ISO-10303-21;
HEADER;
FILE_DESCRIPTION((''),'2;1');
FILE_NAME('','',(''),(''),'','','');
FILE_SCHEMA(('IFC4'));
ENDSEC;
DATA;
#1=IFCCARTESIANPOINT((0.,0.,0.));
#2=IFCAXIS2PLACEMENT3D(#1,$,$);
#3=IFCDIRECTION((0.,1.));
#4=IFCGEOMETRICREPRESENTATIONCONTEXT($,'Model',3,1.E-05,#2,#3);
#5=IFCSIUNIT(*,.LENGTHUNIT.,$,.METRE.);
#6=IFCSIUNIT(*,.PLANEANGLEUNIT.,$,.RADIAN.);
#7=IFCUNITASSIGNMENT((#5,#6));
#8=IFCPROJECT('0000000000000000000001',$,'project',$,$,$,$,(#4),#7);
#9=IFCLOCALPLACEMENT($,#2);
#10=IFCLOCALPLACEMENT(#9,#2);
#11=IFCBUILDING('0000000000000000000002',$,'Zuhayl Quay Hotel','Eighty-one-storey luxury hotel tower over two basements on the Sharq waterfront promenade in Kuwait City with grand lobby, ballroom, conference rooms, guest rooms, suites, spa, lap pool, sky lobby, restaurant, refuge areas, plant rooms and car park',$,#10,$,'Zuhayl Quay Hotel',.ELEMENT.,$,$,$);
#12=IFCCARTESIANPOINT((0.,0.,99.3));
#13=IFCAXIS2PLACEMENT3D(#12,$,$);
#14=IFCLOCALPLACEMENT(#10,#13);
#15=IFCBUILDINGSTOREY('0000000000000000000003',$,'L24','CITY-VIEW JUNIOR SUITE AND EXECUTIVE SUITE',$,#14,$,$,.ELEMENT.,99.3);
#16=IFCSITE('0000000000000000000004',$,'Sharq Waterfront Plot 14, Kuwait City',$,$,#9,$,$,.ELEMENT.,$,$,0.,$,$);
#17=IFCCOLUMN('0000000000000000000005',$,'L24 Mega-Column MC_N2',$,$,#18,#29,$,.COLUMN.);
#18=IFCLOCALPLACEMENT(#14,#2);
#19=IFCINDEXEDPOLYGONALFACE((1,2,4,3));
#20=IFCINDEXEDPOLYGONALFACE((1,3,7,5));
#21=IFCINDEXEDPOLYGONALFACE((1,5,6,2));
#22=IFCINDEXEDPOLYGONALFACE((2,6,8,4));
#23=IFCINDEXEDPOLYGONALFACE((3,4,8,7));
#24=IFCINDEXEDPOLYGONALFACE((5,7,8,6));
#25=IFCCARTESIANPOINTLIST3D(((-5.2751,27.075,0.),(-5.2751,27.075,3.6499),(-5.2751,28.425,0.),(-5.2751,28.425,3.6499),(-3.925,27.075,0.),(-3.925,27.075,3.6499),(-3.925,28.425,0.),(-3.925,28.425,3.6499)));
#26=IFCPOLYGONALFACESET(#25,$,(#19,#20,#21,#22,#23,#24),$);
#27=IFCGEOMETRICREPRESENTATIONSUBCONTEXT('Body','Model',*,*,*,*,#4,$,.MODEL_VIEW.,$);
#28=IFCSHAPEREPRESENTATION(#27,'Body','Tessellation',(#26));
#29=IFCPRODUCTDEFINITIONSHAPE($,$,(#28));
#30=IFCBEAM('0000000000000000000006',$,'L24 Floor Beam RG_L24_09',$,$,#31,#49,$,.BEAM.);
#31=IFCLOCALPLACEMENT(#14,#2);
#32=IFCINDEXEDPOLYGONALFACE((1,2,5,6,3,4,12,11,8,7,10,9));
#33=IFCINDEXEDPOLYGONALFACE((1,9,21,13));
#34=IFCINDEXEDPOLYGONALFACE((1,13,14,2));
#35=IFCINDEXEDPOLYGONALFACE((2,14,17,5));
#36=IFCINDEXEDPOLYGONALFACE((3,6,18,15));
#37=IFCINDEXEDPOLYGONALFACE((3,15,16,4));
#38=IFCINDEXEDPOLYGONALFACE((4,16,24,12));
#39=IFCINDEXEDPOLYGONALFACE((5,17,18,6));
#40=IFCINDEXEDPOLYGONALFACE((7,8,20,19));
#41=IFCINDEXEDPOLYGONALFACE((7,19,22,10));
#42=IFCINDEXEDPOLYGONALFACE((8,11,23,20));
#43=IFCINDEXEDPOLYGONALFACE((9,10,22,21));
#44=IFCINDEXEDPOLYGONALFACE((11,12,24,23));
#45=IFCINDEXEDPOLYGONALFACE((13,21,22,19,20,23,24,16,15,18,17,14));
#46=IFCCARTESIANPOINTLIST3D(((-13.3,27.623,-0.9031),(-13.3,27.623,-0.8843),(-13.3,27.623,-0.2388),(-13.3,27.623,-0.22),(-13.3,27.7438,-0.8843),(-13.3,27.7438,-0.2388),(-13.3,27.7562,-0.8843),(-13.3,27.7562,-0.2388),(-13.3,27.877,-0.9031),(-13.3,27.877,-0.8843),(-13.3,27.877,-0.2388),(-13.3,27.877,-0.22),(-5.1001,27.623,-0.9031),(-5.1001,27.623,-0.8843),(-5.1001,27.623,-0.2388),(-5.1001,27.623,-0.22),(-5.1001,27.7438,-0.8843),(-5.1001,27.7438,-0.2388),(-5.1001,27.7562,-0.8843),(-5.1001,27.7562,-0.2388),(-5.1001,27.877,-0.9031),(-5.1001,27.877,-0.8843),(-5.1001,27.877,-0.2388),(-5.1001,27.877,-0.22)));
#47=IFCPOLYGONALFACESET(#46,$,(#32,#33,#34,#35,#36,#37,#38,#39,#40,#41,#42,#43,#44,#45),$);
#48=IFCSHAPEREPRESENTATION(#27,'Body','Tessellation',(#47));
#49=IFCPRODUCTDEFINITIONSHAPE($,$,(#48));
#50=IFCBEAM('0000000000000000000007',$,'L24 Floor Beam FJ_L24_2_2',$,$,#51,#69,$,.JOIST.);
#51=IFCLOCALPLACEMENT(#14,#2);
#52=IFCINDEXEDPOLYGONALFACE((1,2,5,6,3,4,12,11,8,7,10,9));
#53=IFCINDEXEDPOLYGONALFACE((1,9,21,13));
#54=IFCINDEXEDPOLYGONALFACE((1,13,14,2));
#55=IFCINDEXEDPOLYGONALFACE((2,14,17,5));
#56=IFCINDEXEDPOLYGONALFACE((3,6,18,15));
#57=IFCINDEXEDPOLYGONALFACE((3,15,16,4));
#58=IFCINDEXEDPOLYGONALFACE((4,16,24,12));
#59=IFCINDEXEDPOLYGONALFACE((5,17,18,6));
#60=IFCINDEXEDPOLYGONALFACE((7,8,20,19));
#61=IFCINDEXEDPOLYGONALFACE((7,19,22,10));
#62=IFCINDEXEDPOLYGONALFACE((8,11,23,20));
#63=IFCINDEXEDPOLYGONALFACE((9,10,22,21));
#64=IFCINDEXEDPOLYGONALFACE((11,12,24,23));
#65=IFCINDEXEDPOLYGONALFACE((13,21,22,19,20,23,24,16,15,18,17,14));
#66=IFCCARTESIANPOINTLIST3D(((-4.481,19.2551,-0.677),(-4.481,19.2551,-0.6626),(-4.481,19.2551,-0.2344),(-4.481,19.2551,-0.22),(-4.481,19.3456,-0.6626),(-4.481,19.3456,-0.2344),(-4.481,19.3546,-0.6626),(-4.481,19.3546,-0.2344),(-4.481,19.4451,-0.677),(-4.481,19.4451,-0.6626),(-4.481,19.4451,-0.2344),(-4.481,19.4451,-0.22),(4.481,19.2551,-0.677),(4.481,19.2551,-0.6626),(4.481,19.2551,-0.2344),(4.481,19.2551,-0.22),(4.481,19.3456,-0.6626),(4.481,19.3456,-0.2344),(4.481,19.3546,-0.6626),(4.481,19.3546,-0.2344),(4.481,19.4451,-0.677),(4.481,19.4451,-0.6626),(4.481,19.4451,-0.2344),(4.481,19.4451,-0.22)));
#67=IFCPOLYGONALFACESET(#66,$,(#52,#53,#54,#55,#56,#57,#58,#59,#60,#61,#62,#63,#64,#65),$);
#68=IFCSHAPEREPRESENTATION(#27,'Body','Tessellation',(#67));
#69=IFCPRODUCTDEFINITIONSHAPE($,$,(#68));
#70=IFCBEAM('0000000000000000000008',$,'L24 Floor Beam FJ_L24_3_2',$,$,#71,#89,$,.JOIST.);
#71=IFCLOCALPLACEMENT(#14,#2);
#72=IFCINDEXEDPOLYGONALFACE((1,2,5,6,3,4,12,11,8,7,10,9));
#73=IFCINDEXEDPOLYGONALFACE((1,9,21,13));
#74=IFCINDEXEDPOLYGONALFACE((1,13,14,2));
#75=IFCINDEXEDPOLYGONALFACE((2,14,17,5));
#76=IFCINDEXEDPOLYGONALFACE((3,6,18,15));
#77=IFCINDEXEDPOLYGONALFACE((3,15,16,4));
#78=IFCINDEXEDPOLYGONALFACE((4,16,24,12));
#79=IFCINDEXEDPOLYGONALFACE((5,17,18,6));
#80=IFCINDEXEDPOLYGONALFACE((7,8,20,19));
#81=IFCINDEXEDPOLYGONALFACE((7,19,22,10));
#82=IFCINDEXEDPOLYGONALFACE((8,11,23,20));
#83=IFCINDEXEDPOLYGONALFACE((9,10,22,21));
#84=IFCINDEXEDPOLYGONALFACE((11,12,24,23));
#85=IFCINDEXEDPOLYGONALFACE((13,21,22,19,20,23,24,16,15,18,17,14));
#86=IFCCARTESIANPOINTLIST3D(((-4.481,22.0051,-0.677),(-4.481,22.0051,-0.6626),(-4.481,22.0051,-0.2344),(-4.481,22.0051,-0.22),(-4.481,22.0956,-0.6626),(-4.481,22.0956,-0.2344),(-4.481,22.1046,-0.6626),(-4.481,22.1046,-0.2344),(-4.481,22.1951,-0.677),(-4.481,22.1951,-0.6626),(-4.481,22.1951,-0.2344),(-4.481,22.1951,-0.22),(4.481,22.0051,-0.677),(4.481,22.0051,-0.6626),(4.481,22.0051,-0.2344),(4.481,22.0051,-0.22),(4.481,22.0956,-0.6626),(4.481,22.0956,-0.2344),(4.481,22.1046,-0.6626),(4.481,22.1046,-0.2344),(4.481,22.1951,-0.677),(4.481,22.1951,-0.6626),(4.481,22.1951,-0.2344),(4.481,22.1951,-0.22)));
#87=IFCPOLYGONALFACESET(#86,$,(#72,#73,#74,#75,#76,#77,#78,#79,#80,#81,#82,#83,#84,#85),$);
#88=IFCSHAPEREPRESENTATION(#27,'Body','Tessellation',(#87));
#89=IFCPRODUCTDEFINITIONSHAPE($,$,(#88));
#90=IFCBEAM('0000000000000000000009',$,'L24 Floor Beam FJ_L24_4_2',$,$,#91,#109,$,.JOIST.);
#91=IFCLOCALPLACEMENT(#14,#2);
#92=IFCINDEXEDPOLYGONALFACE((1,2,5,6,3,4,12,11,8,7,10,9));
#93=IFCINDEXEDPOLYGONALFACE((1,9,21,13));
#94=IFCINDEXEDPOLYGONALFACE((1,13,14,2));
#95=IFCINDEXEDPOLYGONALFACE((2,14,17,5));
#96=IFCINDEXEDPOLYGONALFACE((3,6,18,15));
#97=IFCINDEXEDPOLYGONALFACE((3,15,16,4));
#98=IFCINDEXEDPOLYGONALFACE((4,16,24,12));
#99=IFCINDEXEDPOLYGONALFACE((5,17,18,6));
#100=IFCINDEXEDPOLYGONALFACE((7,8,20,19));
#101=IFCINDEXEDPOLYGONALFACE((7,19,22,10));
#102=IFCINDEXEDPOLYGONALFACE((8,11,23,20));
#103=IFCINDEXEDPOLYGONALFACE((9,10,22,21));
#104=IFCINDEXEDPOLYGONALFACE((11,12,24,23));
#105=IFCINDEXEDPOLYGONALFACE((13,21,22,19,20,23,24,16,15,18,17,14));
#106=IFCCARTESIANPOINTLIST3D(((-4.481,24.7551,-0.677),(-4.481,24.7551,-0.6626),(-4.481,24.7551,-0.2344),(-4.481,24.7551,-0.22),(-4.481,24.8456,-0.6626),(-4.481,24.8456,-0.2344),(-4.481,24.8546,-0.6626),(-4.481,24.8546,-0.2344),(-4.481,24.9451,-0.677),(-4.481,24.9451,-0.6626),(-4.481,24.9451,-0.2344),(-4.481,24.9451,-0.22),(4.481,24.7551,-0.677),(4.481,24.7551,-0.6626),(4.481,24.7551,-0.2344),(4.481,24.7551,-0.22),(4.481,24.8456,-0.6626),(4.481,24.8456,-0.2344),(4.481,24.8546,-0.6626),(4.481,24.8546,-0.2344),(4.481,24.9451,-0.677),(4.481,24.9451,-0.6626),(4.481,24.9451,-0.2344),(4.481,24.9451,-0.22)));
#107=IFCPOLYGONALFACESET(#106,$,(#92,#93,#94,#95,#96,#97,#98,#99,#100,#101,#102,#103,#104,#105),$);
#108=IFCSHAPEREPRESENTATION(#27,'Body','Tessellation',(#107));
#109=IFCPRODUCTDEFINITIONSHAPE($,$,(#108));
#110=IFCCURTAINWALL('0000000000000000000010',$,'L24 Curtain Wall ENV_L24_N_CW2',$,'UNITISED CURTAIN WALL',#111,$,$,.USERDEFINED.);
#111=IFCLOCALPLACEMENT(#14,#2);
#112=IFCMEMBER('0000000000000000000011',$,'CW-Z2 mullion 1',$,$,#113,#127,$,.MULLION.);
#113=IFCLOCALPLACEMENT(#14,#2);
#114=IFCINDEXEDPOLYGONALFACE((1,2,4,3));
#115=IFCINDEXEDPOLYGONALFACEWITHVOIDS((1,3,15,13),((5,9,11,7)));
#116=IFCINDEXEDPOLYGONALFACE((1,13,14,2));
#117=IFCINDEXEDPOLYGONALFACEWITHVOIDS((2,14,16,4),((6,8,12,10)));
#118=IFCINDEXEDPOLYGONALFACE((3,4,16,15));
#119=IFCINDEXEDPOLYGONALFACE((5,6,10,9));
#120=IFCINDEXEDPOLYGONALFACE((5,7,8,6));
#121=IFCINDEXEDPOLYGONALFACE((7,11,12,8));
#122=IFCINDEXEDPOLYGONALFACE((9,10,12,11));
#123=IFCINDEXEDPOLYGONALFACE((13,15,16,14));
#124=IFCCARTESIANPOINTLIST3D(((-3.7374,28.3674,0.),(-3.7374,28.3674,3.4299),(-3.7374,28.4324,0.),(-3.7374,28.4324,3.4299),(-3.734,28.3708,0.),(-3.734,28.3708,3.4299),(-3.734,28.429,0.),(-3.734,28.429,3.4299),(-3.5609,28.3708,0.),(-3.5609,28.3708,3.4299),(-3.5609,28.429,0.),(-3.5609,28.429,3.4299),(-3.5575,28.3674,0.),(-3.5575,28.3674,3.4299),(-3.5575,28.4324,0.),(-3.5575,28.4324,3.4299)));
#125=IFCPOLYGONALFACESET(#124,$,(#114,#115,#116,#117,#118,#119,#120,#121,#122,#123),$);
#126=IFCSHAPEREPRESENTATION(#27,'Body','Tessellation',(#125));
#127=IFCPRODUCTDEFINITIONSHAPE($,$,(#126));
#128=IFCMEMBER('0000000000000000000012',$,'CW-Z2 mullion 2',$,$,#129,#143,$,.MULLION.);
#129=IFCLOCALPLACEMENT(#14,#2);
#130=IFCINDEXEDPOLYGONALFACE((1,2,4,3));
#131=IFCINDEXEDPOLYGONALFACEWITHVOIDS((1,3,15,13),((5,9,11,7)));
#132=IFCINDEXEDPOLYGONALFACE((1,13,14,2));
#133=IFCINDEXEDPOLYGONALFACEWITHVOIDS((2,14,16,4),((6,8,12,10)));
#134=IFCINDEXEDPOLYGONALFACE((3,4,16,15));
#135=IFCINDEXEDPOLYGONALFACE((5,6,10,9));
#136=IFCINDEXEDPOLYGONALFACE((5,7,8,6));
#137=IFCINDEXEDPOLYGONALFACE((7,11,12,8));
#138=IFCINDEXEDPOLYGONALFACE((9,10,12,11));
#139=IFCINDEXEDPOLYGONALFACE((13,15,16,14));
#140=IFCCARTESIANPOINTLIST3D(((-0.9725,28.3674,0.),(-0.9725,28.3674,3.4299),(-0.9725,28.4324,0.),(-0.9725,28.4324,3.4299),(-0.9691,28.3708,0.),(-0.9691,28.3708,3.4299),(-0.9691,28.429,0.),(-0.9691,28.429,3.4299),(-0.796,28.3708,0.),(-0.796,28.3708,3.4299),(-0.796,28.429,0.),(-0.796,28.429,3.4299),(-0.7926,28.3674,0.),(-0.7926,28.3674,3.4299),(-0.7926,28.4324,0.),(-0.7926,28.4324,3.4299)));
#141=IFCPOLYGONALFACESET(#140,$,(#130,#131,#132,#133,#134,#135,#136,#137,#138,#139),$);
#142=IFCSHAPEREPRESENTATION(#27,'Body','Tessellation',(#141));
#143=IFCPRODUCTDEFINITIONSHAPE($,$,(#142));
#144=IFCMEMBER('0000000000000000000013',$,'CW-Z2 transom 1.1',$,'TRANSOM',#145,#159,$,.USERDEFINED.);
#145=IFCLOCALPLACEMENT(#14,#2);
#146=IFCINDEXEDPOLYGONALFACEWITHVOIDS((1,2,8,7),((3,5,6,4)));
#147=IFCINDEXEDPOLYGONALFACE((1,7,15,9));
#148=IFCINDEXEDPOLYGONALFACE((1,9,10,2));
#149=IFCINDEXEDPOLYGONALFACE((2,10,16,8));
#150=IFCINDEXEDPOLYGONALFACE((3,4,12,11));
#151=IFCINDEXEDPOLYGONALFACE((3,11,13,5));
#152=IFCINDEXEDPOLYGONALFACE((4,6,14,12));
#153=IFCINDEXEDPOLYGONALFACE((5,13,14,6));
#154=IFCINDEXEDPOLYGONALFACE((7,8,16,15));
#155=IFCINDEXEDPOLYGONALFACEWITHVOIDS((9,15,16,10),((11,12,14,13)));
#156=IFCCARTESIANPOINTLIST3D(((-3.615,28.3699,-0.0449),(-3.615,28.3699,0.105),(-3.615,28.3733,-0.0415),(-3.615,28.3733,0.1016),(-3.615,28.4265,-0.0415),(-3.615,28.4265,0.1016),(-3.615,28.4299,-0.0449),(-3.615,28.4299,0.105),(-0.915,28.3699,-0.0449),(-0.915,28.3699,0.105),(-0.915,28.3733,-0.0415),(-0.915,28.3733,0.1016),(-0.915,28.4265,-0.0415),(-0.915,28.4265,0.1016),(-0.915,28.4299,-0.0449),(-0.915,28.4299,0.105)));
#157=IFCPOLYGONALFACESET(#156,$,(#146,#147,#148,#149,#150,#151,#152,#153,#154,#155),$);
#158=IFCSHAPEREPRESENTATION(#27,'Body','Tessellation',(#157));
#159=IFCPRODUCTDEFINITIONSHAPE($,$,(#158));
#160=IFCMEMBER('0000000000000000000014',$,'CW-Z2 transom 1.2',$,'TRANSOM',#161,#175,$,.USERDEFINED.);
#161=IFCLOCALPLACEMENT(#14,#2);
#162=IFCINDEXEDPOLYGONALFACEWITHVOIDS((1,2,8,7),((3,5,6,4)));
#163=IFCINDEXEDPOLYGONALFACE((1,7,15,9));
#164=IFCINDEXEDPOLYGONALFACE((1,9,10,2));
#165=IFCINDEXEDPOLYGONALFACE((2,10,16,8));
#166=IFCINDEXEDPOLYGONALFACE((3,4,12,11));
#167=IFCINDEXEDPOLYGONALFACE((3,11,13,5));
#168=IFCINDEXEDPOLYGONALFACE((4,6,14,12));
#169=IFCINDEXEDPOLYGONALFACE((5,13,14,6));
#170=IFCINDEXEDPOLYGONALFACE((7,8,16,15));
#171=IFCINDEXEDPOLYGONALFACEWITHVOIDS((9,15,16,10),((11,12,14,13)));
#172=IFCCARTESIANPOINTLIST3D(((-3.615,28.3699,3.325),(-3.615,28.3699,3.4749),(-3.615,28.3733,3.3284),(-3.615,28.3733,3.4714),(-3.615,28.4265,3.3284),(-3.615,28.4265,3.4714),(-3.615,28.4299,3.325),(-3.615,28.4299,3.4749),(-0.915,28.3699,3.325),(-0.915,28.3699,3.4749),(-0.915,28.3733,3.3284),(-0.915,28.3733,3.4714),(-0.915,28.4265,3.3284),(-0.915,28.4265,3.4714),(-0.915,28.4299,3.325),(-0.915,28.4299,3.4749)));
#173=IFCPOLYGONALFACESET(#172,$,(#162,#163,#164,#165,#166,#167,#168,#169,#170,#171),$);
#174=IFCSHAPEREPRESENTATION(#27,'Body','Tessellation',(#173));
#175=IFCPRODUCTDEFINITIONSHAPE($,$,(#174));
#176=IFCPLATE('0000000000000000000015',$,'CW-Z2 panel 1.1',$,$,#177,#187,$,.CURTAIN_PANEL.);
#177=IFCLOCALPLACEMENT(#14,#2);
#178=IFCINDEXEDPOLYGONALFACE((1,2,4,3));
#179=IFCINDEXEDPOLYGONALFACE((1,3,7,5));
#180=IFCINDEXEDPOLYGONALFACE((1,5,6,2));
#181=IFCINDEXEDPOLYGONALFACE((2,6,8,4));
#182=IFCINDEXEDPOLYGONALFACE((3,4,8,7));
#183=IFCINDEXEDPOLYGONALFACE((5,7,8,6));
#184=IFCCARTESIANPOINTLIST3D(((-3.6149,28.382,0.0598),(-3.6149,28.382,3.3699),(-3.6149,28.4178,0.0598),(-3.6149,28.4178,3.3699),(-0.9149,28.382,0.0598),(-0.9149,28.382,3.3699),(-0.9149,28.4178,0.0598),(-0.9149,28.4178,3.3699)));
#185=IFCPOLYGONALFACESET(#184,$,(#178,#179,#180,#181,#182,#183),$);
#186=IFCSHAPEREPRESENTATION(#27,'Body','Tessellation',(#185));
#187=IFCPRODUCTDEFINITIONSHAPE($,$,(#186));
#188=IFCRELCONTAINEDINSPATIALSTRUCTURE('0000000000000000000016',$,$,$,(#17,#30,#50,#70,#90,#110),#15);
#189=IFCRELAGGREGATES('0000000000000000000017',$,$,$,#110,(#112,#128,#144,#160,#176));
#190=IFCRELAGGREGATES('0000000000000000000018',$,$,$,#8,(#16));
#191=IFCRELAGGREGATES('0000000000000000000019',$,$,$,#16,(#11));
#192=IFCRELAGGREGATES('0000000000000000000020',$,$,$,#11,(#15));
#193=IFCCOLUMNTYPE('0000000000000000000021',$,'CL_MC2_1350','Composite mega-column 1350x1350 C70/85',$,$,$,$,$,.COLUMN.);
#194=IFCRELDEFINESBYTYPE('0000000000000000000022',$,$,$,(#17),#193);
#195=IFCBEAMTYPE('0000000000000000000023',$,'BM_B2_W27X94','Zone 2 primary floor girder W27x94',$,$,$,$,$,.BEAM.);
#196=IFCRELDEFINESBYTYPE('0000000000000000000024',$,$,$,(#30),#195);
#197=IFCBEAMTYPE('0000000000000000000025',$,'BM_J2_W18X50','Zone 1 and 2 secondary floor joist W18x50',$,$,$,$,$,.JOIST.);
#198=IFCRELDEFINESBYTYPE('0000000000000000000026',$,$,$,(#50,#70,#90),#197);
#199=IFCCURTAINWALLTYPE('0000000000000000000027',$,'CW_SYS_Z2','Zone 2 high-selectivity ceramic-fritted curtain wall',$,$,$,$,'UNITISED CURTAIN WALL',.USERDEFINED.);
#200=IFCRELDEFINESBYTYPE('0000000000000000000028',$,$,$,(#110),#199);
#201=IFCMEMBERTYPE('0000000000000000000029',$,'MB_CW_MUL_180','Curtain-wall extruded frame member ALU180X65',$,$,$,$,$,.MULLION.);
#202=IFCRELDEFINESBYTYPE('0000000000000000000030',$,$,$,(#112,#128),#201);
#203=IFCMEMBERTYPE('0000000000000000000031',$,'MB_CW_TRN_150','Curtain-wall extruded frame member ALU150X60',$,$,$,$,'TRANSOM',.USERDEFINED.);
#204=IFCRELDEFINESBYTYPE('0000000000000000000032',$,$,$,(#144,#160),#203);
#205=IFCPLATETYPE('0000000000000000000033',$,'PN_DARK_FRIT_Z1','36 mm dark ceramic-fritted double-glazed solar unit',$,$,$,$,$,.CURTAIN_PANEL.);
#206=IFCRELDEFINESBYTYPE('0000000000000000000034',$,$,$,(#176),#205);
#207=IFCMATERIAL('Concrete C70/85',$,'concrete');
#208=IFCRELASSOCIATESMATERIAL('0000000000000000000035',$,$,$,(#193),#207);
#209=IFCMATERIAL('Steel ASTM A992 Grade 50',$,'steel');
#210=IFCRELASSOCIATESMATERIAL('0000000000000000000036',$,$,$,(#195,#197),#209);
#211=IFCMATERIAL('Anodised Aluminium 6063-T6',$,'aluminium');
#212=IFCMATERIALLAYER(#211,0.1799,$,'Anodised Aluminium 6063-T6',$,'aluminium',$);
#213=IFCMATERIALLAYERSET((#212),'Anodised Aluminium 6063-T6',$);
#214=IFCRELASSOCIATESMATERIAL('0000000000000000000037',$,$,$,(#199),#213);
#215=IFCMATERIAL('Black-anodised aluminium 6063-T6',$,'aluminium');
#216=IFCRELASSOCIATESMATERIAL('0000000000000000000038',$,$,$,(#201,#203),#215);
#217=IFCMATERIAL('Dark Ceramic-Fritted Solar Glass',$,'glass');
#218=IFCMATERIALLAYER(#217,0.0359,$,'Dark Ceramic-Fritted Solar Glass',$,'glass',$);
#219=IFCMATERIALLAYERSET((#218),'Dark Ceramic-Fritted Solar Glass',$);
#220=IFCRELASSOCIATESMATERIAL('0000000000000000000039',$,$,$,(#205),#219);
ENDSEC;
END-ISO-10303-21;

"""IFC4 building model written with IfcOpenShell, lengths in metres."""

from ifc_helpers import new_model, si_unit, direction, frame, origin, origin_2d, place, context, subcontext, project, spatial, rectangle, hollow_rectangle, i_section, extrude, material, layer, layer_set, material_profile, profile_set, type_object, element, aggregate, save


model = new_model("IFC4")

# Units and contexts
model_context = context("Model", 3, precision=1e-05, world=origin(), true_north=direction((0.0, 1.0)))
body_context = subcontext(model_context, "Body", "Model", "MODEL_VIEW")
ifc_project = project(units=[si_unit("LENGTHUNIT", "METRE"), si_unit("PLANEANGLEUNIT", "RADIAN")], contexts=[model_context])

# Site, building, storey
site_placement = place(None, origin())
site = spatial("IfcSite", under=ifc_project, at=site_placement, Name="Sharq Waterfront Plot 14, Kuwait City", CompositionType="ELEMENT", RefElevation=0.0)
building_placement = place(site_placement, origin())
building = spatial("IfcBuilding", under=site, at=building_placement, Name="Zuhayl Quay Hotel", Description="Eighty-one-storey luxury hotel tower over two basements on the Sharq waterfront promenade in Kuwait City with grand lobby, ballroom, conference rooms, guest rooms, suites, spa, lap pool, sky lobby, restaurant, refuge areas, plant rooms and car park", LongName="Zuhayl Quay Hotel", CompositionType="ELEMENT")
storey_placement = place(building_placement, frame((0.0, 0.0, 99.3)))
storey = spatial("IfcBuildingStorey", under=building, at=storey_placement, Name="L24", Description="CITY-VIEW JUNIOR SUITE AND EXECUTIVE SUITE", CompositionType="ELEMENT", Elevation=99.3)

# Column
ifc_material_1 = material(Name="Concrete C70/85", Category="concrete")
ifc_material_profile_1 = material_profile(ifc_material_1, rectangle(XDim=1.3501, YDim=1.3501, at=origin_2d()), Name="RC1350X1350")
ifc_profile_set_1 = profile_set([ifc_material_profile_1], Name="Concrete C70/85")
column_type = type_object("IfcColumnType", Name="CL_MC2_1350", Description="Composite mega-column 1350x1350 C70/85", PredefinedType="COLUMN", material=ifc_profile_set_1)
column_placement = place(storey_placement, frame((-4.6001, 27.75, 0.0), z_axis=(0.0, 0.0, 1.0), x_axis=(1.0, 0.0, 0.0)))
element("IfcColumn", 1, at=column_placement, inside=storey, type_object=column_type, Name="L24 Mega-Column MC_N2", PredefinedType="COLUMN", context=body_context, shape_type="SweptSolid", body=[
    extrude(rectangle(XDim=1.3501, YDim=1.3501, at=origin_2d()), origin(), (0.0, 0.0, 1.0), 3.6499),
])

# Beams
ifc_material_2 = material(Name="Steel ASTM A992 Grade 50", Category="steel")
ifc_material_profile_2 = material_profile(ifc_material_2, i_section(OverallWidth=0.2539, OverallDepth=0.6831, WebThickness=0.0125, FlangeThickness=0.0188, at=origin_2d()), Name="W27X94")
ifc_profile_set_2 = profile_set([ifc_material_profile_2], Name="Steel ASTM A992 Grade 50")
beam_type_1 = type_object("IfcBeamType", Name="BM_B2_W27X94", Description="Zone 2 primary floor girder W27x94", PredefinedType="BEAM", material=ifc_profile_set_2)
beam_placement = place(storey_placement, frame((-5.1001, 27.75, -0.5615), z_axis=(-1.0, 0.0, 0.0), x_axis=(0.0, -1.0, 0.0)))
element("IfcBeam", 2, at=beam_placement, inside=storey, type_object=beam_type_1, Name="L24 Floor Beam RG_L24_09", PredefinedType="BEAM", context=body_context, shape_type="SweptSolid", body=[
    extrude(i_section(OverallWidth=0.2539, OverallDepth=0.6831, WebThickness=0.0125, FlangeThickness=0.0188, at=origin_2d()), origin(), (0.0, 0.0, 1.0), 8.2),
])
ifc_material_profile_3 = material_profile(ifc_material_2, i_section(OverallWidth=0.1899, OverallDepth=0.457, WebThickness=0.009, FlangeThickness=0.0144, at=origin_2d()), Name="W18X50")
ifc_profile_set_3 = profile_set([ifc_material_profile_3], Name="Steel ASTM A992 Grade 50")
beam_type_2 = type_object("IfcBeamType", Name="BM_J2_W18X50", Description="Zone 1 and 2 secondary floor joist W18x50", PredefinedType="JOIST", material=ifc_profile_set_3)
for number, where, z_axis, x_axis, name in (
    (3, (-4.481, 19.3501, -0.4485), (1.0, 0.0, 0.0), (0.0, 1.0, 0.0), "L24 Floor Beam FJ_L24_2_2"),
    (4, (-4.481, 22.1001, -0.4485), (1.0, 0.0, 0.0), (0.0, 1.0, 0.0), "L24 Floor Beam FJ_L24_3_2"),
    (5, (-4.481, 24.8501, -0.4485), (1.0, 0.0, 0.0), (0.0, 1.0, 0.0), "L24 Floor Beam FJ_L24_4_2"),
):
    element("IfcBeam", number, at=place(storey_placement, frame(where, z_axis=z_axis, x_axis=x_axis)), inside=storey, type_object=beam_type_2, Name=name, PredefinedType="JOIST", context=body_context, shape_type="SweptSolid", body=[
        extrude(i_section(OverallWidth=0.1899, OverallDepth=0.457, WebThickness=0.009, FlangeThickness=0.0144, at=origin_2d()), origin(), (0.0, 0.0, 1.0), 8.9619),
    ])

# Curtain wall, members, plate
ifc_material_3 = material(Name="Anodised Aluminium 6063-T6", Category="aluminium")
ifc_layer_1 = layer(ifc_material_3, 0.1799, Name="Anodised Aluminium 6063-T6", Category="aluminium")
ifc_layer_set_1 = layer_set([ifc_layer_1], Name="Anodised Aluminium 6063-T6")
curtain_wall_type = type_object("IfcCurtainWallType", Name="CW_SYS_Z2", Description="Zone 2 high-selectivity ceramic-fritted curtain wall", ElementType="UNITISED CURTAIN WALL", PredefinedType="USERDEFINED", material=ifc_layer_set_1)
curtain_wall_placement = place(storey_placement, origin())
curtain_wall = element("IfcCurtainWall", 6, at=curtain_wall_placement, inside=storey, type_object=curtain_wall_type, Name="L24 Curtain Wall ENV_L24_N_CW2", ObjectType="UNITISED CURTAIN WALL", PredefinedType="USERDEFINED")
ifc_material_4 = material(Name="Black-anodised aluminium 6063-T6", Category="aluminium")
ifc_material_profile_4 = material_profile(ifc_material_4, hollow_rectangle(XDim=0.0649, YDim=0.1799, WallThickness=0.0034, at=origin_2d()), Name="ALU180X65")
ifc_profile_set_4 = profile_set([ifc_material_profile_4], Name="Black-anodised aluminium 6063-T6")
member_type_1 = type_object("IfcMemberType", Name="MB_CW_MUL_180", Description="Curtain-wall extruded frame member ALU180X65", PredefinedType="MULLION", material=ifc_profile_set_4)
member_1_placement = place(storey_placement, frame((-3.6475, 28.3999, 0.0), z_axis=(0.0, 0.0, 1.0), x_axis=(0.0, 1.0, 0.0)))
member_1 = element("IfcMember", 7, at=member_1_placement, type_object=member_type_1, Name="CW-Z2 mullion 1", PredefinedType="MULLION", context=body_context, shape_type="SweptSolid", body=[
    extrude(hollow_rectangle(XDim=0.0649, YDim=0.1799, WallThickness=0.0034, at=origin_2d()), origin(), (0.0, 0.0, 1.0), 3.4299),
])
member_2_placement = place(storey_placement, frame((-0.8826, 28.3999, 0.0), z_axis=(0.0, 0.0, 1.0), x_axis=(0.0, 1.0, 0.0)))
member_2 = element("IfcMember", 8, at=member_2_placement, type_object=member_type_1, Name="CW-Z2 mullion 2", PredefinedType="MULLION", context=body_context, shape_type="SweptSolid", body=[
    extrude(hollow_rectangle(XDim=0.0649, YDim=0.1799, WallThickness=0.0034, at=origin_2d()), origin(), (0.0, 0.0, 1.0), 3.4299),
])
ifc_material_profile_5 = material_profile(ifc_material_4, hollow_rectangle(XDim=0.0601, YDim=0.1499, WallThickness=0.0034, at=origin_2d()), Name="ALU150X60")
ifc_profile_set_5 = profile_set([ifc_material_profile_5], Name="Black-anodised aluminium 6063-T6")
member_type_2 = type_object("IfcMemberType", Name="MB_CW_TRN_150", Description="Curtain-wall extruded frame member ALU150X60", ElementType="TRANSOM", PredefinedType="USERDEFINED", material=ifc_profile_set_5)
member_3_placement = place(storey_placement, frame((-3.615, 28.3999, 0.03), z_axis=(1.0, 0.0, 0.0), x_axis=(0.0, 1.0, 0.0)))
member_3 = element("IfcMember", 9, at=member_3_placement, type_object=member_type_2, Name="CW-Z2 transom 1.1", ObjectType="TRANSOM", PredefinedType="USERDEFINED", context=body_context, shape_type="SweptSolid", body=[
    extrude(hollow_rectangle(XDim=0.0601, YDim=0.1499, WallThickness=0.0034, at=origin_2d()), origin(), (0.0, 0.0, 1.0), 2.7),
])
member_4_placement = place(storey_placement, frame((-3.615, 28.3999, 3.3999), z_axis=(1.0, 0.0, 0.0), x_axis=(0.0, 1.0, 0.0)))
member_4 = element("IfcMember", 10, at=member_4_placement, type_object=member_type_2, Name="CW-Z2 transom 1.2", ObjectType="TRANSOM", PredefinedType="USERDEFINED", context=body_context, shape_type="SweptSolid", body=[
    extrude(hollow_rectangle(XDim=0.0601, YDim=0.1499, WallThickness=0.0034, at=origin_2d()), origin(), (0.0, 0.0, 1.0), 2.7),
])
ifc_material_5 = material(Name="Dark Ceramic-Fritted Solar Glass", Category="glass")
ifc_layer_2 = layer(ifc_material_5, 0.0359, Name="Dark Ceramic-Fritted Solar Glass", Category="glass")
ifc_layer_set_2 = layer_set([ifc_layer_2], Name="Dark Ceramic-Fritted Solar Glass")
plate_type = type_object("IfcPlateType", Name="PN_DARK_FRIT_Z1", Description="36 mm dark ceramic-fritted double-glazed solar unit", PredefinedType="CURTAIN_PANEL", material=ifc_layer_set_2)
plate_placement = place(storey_placement, frame((-2.2649, 28.3999, 0.0598), z_axis=(0.0, 0.0, 1.0), x_axis=(1.0, 0.0, 0.0)))
plate = element("IfcPlate", 11, at=plate_placement, type_object=plate_type, Name="CW-Z2 panel 1.1", PredefinedType="CURTAIN_PANEL", context=body_context, shape_type="SweptSolid", body=[
    extrude(rectangle(XDim=2.7, YDim=0.0359, at=origin_2d()), origin(), (0.0, 0.0, 1.0), 3.3101),
])
aggregate(curtain_wall, [member_1, member_2, member_3, member_4, plate])

save(model, "model.ifc")
